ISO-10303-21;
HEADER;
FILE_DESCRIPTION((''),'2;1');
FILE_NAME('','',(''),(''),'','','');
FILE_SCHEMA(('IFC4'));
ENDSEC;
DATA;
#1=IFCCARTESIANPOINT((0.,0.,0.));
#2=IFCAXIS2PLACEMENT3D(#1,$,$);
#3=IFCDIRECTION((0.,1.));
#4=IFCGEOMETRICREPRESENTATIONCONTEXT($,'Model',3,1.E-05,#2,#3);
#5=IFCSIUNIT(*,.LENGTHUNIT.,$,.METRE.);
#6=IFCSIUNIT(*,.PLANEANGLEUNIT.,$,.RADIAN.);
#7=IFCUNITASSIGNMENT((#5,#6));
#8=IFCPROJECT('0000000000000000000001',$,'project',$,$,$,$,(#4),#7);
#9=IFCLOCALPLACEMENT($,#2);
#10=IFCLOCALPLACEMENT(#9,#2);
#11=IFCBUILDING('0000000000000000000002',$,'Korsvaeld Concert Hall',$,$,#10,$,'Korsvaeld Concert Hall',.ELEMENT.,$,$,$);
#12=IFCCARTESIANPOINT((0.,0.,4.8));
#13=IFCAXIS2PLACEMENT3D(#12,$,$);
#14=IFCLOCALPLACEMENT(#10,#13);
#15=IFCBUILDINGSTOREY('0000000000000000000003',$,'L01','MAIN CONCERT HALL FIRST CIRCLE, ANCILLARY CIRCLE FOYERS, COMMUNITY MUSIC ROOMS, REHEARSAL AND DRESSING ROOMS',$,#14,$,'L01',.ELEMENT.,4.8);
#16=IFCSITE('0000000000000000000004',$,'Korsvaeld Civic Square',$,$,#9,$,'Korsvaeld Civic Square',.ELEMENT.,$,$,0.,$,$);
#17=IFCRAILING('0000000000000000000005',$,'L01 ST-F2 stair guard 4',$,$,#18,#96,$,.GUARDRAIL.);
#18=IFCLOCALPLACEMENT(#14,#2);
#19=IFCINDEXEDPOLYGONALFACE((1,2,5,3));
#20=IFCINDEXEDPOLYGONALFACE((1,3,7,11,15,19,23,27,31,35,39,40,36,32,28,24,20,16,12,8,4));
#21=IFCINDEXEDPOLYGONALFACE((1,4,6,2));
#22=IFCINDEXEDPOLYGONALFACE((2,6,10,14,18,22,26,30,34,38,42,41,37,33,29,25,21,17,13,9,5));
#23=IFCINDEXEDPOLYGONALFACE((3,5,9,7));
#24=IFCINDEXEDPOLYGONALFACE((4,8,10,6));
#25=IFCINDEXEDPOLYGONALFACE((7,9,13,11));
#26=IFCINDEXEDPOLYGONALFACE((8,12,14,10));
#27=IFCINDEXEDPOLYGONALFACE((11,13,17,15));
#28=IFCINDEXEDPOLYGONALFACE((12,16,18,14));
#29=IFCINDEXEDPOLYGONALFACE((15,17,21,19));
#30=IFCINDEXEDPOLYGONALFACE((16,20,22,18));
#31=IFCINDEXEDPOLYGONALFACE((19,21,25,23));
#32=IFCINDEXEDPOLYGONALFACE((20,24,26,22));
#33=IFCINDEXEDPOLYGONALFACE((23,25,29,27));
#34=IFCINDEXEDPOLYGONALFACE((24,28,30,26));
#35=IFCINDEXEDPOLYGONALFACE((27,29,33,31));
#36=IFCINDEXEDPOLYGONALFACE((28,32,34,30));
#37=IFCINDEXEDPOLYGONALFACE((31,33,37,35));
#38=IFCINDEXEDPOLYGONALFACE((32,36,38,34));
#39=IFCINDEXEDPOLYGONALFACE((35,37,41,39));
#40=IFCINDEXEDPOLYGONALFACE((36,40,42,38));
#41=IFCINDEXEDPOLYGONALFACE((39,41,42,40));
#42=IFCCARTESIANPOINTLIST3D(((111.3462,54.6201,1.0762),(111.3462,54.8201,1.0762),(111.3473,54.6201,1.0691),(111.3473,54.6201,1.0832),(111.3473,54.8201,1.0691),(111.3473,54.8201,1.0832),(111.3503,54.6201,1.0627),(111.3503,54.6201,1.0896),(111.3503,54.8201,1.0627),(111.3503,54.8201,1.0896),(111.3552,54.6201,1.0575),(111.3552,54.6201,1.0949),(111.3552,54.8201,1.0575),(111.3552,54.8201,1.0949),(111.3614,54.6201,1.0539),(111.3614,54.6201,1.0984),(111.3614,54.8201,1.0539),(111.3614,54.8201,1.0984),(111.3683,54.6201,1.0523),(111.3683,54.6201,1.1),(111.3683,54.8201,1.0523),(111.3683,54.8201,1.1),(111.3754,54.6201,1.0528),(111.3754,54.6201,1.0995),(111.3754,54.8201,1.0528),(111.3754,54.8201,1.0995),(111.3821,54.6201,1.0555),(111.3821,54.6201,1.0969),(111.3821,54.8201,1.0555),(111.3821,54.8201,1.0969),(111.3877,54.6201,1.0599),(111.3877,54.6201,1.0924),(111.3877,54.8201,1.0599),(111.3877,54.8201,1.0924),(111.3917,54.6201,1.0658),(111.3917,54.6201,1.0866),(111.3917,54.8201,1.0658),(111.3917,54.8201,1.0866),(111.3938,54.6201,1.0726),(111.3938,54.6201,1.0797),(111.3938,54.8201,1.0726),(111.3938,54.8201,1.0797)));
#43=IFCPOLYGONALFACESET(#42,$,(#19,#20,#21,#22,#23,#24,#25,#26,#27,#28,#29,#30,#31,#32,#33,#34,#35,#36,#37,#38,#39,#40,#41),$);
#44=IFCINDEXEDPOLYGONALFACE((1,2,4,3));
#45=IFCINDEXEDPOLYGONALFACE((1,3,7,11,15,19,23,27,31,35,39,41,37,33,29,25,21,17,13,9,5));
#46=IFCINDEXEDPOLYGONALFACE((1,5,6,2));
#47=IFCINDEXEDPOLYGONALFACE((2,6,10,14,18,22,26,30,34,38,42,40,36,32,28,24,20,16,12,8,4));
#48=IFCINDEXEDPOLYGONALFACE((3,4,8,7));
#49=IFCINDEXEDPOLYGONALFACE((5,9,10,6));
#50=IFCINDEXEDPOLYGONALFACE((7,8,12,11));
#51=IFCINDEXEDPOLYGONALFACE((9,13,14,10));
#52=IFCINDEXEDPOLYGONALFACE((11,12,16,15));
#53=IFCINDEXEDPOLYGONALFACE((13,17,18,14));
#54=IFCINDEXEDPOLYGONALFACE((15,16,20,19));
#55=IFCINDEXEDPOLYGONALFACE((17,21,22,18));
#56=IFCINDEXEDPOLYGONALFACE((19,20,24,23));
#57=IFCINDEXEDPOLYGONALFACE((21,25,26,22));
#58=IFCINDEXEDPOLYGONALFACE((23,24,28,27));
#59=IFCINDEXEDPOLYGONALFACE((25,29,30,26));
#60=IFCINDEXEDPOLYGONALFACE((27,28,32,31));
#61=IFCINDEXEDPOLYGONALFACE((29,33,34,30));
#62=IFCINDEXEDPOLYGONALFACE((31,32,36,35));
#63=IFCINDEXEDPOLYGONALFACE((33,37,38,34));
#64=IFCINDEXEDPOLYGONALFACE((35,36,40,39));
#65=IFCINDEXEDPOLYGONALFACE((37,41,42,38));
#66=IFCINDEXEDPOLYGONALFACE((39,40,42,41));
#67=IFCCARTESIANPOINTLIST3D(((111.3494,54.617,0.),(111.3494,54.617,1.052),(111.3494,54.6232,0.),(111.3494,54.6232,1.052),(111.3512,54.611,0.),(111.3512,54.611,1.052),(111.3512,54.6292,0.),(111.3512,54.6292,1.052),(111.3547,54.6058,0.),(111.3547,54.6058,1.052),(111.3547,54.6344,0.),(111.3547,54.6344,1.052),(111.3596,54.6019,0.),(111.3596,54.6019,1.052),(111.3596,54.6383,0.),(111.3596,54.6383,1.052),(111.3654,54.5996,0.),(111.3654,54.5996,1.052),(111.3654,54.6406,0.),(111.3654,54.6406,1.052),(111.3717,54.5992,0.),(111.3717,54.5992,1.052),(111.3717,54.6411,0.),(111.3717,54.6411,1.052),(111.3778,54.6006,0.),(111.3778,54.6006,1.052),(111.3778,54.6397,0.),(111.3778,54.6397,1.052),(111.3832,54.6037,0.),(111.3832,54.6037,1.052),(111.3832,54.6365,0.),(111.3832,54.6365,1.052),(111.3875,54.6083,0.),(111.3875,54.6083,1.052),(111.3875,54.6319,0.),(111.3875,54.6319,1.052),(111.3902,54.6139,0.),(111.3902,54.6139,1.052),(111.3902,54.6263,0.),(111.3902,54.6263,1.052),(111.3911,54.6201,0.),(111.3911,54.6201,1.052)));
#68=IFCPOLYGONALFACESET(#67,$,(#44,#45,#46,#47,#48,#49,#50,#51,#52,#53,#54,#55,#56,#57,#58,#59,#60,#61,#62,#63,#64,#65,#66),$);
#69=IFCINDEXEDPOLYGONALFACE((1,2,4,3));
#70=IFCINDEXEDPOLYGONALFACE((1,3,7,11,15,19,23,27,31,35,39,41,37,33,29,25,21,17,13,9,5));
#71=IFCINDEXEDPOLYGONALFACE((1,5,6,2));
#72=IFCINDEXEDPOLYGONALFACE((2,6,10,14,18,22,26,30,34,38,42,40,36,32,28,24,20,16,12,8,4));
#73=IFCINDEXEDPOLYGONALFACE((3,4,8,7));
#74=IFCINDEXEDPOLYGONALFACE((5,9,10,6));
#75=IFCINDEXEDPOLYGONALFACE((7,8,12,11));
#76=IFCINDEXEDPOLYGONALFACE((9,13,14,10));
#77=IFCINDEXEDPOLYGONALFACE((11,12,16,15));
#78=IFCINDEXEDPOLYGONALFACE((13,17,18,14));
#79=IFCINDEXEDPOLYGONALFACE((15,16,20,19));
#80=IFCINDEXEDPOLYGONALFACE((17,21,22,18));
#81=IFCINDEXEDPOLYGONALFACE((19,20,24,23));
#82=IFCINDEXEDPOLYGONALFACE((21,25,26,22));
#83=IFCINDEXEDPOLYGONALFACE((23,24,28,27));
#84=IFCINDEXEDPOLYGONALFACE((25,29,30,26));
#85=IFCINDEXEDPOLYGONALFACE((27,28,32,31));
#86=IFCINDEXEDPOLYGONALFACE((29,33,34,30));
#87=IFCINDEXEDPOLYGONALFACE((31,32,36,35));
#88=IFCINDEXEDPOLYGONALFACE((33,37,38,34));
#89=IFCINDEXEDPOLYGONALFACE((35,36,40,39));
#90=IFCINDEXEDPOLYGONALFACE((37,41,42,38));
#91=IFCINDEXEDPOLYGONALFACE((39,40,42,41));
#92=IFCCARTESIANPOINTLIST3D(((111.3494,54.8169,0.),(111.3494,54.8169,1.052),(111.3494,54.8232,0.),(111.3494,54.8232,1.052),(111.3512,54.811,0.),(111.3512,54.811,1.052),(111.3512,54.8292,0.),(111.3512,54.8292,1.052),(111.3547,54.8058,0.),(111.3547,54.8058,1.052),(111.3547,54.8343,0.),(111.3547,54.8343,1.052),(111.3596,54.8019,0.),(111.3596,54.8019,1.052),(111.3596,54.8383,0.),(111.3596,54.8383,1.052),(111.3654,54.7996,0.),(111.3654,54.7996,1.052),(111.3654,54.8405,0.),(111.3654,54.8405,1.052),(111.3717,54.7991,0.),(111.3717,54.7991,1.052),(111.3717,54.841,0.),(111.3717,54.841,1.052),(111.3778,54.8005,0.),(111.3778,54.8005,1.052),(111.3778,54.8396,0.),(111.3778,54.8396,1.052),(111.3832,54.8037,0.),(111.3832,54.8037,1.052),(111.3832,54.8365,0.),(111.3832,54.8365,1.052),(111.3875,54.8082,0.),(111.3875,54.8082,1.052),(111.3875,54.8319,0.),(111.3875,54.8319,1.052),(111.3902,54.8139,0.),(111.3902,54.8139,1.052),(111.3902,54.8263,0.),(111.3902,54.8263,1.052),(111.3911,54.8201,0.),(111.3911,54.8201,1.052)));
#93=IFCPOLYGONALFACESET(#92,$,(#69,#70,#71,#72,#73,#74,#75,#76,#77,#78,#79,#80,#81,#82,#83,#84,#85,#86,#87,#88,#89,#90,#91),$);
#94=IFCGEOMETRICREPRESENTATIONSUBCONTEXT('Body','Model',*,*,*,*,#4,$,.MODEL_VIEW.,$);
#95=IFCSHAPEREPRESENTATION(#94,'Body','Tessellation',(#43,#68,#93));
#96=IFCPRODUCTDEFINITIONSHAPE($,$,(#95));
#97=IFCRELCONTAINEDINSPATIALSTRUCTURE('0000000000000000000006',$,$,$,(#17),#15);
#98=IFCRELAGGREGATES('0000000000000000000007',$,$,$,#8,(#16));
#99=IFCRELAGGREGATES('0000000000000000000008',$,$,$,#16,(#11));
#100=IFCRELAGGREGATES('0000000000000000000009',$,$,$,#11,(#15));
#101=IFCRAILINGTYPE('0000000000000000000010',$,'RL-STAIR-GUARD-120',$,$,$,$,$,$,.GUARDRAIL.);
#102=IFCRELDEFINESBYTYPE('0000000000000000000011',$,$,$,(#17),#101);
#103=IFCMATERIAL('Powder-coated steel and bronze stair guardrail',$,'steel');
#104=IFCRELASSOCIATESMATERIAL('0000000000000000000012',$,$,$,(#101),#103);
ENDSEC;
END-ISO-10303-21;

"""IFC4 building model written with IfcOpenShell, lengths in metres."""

from ifc_helpers import new_model, si_unit, direction, frame, origin, origin_2d, place, context, subcontext, project, spatial, circle, extrude, material, type_object, element, save


model = new_model("IFC4")

# Units and contexts
model_context = context("Model", 3, precision=1e-05, world=origin(), true_north=direction((0.0, 1.0)))
body_context = subcontext(model_context, "Body", "Model", "MODEL_VIEW")
ifc_project = project(units=[si_unit("LENGTHUNIT", "METRE"), si_unit("PLANEANGLEUNIT", "RADIAN")], contexts=[model_context])

# Site, building, storey
site_placement = place(None, origin())
site = spatial("IfcSite", under=ifc_project, at=site_placement, Name="Korsvaeld Civic Square", LongName="Korsvaeld Civic Square", CompositionType="ELEMENT", RefElevation=0.0)
building_placement = place(site_placement, origin())
building = spatial("IfcBuilding", under=site, at=building_placement, Name="Korsvaeld Concert Hall", LongName="Korsvaeld Concert Hall", CompositionType="ELEMENT")
storey_placement = place(building_placement, frame((0.0, 0.0, 4.8)))
storey = spatial("IfcBuildingStorey", under=building, at=storey_placement, Name="L01", Description="MAIN CONCERT HALL FIRST CIRCLE, ANCILLARY CIRCLE FOYERS, COMMUNITY MUSIC ROOMS, REHEARSAL AND DRESSING ROOMS", LongName="L01", CompositionType="ELEMENT", Elevation=4.8)

# Railing
ifc_material_1 = material(Name="Powder-coated steel and bronze stair guardrail", Category="steel")
railing_type_1 = type_object("IfcRailingType", Name="RL-STAIR-GUARD-120", PredefinedType="GUARDRAIL", material=ifc_material_1)
railing_1_placement = place(storey_placement, frame((111.3701, 54.6201, 0.0)))
element("IfcRailing", 1, at=railing_1_placement, inside=storey, type_object=railing_type_1, Name="L01 ST-F2 stair guard 4", PredefinedType="GUARDRAIL", context=body_context, shape_type="SweptSolid", body=[
    extrude(circle(Radius=0.0239, at=origin_2d()), frame((0.0, 0.0, 1.0762), z_axis=(0.0, 1.0, 0.0), x_axis=(-1.0, 0.0, 0.0)), (0.0, 0.0, 1.0), 0.2),
    extrude(circle(Radius=0.021, at=origin_2d()), origin(), (0.0, 0.0, 1.0), 1.052),
    extrude(circle(Radius=0.021, at=origin_2d()), frame((0.0, 0.2, 0.0)), (0.0, 0.0, 1.0), 1.052),
])

save(model, "model.ifc")
